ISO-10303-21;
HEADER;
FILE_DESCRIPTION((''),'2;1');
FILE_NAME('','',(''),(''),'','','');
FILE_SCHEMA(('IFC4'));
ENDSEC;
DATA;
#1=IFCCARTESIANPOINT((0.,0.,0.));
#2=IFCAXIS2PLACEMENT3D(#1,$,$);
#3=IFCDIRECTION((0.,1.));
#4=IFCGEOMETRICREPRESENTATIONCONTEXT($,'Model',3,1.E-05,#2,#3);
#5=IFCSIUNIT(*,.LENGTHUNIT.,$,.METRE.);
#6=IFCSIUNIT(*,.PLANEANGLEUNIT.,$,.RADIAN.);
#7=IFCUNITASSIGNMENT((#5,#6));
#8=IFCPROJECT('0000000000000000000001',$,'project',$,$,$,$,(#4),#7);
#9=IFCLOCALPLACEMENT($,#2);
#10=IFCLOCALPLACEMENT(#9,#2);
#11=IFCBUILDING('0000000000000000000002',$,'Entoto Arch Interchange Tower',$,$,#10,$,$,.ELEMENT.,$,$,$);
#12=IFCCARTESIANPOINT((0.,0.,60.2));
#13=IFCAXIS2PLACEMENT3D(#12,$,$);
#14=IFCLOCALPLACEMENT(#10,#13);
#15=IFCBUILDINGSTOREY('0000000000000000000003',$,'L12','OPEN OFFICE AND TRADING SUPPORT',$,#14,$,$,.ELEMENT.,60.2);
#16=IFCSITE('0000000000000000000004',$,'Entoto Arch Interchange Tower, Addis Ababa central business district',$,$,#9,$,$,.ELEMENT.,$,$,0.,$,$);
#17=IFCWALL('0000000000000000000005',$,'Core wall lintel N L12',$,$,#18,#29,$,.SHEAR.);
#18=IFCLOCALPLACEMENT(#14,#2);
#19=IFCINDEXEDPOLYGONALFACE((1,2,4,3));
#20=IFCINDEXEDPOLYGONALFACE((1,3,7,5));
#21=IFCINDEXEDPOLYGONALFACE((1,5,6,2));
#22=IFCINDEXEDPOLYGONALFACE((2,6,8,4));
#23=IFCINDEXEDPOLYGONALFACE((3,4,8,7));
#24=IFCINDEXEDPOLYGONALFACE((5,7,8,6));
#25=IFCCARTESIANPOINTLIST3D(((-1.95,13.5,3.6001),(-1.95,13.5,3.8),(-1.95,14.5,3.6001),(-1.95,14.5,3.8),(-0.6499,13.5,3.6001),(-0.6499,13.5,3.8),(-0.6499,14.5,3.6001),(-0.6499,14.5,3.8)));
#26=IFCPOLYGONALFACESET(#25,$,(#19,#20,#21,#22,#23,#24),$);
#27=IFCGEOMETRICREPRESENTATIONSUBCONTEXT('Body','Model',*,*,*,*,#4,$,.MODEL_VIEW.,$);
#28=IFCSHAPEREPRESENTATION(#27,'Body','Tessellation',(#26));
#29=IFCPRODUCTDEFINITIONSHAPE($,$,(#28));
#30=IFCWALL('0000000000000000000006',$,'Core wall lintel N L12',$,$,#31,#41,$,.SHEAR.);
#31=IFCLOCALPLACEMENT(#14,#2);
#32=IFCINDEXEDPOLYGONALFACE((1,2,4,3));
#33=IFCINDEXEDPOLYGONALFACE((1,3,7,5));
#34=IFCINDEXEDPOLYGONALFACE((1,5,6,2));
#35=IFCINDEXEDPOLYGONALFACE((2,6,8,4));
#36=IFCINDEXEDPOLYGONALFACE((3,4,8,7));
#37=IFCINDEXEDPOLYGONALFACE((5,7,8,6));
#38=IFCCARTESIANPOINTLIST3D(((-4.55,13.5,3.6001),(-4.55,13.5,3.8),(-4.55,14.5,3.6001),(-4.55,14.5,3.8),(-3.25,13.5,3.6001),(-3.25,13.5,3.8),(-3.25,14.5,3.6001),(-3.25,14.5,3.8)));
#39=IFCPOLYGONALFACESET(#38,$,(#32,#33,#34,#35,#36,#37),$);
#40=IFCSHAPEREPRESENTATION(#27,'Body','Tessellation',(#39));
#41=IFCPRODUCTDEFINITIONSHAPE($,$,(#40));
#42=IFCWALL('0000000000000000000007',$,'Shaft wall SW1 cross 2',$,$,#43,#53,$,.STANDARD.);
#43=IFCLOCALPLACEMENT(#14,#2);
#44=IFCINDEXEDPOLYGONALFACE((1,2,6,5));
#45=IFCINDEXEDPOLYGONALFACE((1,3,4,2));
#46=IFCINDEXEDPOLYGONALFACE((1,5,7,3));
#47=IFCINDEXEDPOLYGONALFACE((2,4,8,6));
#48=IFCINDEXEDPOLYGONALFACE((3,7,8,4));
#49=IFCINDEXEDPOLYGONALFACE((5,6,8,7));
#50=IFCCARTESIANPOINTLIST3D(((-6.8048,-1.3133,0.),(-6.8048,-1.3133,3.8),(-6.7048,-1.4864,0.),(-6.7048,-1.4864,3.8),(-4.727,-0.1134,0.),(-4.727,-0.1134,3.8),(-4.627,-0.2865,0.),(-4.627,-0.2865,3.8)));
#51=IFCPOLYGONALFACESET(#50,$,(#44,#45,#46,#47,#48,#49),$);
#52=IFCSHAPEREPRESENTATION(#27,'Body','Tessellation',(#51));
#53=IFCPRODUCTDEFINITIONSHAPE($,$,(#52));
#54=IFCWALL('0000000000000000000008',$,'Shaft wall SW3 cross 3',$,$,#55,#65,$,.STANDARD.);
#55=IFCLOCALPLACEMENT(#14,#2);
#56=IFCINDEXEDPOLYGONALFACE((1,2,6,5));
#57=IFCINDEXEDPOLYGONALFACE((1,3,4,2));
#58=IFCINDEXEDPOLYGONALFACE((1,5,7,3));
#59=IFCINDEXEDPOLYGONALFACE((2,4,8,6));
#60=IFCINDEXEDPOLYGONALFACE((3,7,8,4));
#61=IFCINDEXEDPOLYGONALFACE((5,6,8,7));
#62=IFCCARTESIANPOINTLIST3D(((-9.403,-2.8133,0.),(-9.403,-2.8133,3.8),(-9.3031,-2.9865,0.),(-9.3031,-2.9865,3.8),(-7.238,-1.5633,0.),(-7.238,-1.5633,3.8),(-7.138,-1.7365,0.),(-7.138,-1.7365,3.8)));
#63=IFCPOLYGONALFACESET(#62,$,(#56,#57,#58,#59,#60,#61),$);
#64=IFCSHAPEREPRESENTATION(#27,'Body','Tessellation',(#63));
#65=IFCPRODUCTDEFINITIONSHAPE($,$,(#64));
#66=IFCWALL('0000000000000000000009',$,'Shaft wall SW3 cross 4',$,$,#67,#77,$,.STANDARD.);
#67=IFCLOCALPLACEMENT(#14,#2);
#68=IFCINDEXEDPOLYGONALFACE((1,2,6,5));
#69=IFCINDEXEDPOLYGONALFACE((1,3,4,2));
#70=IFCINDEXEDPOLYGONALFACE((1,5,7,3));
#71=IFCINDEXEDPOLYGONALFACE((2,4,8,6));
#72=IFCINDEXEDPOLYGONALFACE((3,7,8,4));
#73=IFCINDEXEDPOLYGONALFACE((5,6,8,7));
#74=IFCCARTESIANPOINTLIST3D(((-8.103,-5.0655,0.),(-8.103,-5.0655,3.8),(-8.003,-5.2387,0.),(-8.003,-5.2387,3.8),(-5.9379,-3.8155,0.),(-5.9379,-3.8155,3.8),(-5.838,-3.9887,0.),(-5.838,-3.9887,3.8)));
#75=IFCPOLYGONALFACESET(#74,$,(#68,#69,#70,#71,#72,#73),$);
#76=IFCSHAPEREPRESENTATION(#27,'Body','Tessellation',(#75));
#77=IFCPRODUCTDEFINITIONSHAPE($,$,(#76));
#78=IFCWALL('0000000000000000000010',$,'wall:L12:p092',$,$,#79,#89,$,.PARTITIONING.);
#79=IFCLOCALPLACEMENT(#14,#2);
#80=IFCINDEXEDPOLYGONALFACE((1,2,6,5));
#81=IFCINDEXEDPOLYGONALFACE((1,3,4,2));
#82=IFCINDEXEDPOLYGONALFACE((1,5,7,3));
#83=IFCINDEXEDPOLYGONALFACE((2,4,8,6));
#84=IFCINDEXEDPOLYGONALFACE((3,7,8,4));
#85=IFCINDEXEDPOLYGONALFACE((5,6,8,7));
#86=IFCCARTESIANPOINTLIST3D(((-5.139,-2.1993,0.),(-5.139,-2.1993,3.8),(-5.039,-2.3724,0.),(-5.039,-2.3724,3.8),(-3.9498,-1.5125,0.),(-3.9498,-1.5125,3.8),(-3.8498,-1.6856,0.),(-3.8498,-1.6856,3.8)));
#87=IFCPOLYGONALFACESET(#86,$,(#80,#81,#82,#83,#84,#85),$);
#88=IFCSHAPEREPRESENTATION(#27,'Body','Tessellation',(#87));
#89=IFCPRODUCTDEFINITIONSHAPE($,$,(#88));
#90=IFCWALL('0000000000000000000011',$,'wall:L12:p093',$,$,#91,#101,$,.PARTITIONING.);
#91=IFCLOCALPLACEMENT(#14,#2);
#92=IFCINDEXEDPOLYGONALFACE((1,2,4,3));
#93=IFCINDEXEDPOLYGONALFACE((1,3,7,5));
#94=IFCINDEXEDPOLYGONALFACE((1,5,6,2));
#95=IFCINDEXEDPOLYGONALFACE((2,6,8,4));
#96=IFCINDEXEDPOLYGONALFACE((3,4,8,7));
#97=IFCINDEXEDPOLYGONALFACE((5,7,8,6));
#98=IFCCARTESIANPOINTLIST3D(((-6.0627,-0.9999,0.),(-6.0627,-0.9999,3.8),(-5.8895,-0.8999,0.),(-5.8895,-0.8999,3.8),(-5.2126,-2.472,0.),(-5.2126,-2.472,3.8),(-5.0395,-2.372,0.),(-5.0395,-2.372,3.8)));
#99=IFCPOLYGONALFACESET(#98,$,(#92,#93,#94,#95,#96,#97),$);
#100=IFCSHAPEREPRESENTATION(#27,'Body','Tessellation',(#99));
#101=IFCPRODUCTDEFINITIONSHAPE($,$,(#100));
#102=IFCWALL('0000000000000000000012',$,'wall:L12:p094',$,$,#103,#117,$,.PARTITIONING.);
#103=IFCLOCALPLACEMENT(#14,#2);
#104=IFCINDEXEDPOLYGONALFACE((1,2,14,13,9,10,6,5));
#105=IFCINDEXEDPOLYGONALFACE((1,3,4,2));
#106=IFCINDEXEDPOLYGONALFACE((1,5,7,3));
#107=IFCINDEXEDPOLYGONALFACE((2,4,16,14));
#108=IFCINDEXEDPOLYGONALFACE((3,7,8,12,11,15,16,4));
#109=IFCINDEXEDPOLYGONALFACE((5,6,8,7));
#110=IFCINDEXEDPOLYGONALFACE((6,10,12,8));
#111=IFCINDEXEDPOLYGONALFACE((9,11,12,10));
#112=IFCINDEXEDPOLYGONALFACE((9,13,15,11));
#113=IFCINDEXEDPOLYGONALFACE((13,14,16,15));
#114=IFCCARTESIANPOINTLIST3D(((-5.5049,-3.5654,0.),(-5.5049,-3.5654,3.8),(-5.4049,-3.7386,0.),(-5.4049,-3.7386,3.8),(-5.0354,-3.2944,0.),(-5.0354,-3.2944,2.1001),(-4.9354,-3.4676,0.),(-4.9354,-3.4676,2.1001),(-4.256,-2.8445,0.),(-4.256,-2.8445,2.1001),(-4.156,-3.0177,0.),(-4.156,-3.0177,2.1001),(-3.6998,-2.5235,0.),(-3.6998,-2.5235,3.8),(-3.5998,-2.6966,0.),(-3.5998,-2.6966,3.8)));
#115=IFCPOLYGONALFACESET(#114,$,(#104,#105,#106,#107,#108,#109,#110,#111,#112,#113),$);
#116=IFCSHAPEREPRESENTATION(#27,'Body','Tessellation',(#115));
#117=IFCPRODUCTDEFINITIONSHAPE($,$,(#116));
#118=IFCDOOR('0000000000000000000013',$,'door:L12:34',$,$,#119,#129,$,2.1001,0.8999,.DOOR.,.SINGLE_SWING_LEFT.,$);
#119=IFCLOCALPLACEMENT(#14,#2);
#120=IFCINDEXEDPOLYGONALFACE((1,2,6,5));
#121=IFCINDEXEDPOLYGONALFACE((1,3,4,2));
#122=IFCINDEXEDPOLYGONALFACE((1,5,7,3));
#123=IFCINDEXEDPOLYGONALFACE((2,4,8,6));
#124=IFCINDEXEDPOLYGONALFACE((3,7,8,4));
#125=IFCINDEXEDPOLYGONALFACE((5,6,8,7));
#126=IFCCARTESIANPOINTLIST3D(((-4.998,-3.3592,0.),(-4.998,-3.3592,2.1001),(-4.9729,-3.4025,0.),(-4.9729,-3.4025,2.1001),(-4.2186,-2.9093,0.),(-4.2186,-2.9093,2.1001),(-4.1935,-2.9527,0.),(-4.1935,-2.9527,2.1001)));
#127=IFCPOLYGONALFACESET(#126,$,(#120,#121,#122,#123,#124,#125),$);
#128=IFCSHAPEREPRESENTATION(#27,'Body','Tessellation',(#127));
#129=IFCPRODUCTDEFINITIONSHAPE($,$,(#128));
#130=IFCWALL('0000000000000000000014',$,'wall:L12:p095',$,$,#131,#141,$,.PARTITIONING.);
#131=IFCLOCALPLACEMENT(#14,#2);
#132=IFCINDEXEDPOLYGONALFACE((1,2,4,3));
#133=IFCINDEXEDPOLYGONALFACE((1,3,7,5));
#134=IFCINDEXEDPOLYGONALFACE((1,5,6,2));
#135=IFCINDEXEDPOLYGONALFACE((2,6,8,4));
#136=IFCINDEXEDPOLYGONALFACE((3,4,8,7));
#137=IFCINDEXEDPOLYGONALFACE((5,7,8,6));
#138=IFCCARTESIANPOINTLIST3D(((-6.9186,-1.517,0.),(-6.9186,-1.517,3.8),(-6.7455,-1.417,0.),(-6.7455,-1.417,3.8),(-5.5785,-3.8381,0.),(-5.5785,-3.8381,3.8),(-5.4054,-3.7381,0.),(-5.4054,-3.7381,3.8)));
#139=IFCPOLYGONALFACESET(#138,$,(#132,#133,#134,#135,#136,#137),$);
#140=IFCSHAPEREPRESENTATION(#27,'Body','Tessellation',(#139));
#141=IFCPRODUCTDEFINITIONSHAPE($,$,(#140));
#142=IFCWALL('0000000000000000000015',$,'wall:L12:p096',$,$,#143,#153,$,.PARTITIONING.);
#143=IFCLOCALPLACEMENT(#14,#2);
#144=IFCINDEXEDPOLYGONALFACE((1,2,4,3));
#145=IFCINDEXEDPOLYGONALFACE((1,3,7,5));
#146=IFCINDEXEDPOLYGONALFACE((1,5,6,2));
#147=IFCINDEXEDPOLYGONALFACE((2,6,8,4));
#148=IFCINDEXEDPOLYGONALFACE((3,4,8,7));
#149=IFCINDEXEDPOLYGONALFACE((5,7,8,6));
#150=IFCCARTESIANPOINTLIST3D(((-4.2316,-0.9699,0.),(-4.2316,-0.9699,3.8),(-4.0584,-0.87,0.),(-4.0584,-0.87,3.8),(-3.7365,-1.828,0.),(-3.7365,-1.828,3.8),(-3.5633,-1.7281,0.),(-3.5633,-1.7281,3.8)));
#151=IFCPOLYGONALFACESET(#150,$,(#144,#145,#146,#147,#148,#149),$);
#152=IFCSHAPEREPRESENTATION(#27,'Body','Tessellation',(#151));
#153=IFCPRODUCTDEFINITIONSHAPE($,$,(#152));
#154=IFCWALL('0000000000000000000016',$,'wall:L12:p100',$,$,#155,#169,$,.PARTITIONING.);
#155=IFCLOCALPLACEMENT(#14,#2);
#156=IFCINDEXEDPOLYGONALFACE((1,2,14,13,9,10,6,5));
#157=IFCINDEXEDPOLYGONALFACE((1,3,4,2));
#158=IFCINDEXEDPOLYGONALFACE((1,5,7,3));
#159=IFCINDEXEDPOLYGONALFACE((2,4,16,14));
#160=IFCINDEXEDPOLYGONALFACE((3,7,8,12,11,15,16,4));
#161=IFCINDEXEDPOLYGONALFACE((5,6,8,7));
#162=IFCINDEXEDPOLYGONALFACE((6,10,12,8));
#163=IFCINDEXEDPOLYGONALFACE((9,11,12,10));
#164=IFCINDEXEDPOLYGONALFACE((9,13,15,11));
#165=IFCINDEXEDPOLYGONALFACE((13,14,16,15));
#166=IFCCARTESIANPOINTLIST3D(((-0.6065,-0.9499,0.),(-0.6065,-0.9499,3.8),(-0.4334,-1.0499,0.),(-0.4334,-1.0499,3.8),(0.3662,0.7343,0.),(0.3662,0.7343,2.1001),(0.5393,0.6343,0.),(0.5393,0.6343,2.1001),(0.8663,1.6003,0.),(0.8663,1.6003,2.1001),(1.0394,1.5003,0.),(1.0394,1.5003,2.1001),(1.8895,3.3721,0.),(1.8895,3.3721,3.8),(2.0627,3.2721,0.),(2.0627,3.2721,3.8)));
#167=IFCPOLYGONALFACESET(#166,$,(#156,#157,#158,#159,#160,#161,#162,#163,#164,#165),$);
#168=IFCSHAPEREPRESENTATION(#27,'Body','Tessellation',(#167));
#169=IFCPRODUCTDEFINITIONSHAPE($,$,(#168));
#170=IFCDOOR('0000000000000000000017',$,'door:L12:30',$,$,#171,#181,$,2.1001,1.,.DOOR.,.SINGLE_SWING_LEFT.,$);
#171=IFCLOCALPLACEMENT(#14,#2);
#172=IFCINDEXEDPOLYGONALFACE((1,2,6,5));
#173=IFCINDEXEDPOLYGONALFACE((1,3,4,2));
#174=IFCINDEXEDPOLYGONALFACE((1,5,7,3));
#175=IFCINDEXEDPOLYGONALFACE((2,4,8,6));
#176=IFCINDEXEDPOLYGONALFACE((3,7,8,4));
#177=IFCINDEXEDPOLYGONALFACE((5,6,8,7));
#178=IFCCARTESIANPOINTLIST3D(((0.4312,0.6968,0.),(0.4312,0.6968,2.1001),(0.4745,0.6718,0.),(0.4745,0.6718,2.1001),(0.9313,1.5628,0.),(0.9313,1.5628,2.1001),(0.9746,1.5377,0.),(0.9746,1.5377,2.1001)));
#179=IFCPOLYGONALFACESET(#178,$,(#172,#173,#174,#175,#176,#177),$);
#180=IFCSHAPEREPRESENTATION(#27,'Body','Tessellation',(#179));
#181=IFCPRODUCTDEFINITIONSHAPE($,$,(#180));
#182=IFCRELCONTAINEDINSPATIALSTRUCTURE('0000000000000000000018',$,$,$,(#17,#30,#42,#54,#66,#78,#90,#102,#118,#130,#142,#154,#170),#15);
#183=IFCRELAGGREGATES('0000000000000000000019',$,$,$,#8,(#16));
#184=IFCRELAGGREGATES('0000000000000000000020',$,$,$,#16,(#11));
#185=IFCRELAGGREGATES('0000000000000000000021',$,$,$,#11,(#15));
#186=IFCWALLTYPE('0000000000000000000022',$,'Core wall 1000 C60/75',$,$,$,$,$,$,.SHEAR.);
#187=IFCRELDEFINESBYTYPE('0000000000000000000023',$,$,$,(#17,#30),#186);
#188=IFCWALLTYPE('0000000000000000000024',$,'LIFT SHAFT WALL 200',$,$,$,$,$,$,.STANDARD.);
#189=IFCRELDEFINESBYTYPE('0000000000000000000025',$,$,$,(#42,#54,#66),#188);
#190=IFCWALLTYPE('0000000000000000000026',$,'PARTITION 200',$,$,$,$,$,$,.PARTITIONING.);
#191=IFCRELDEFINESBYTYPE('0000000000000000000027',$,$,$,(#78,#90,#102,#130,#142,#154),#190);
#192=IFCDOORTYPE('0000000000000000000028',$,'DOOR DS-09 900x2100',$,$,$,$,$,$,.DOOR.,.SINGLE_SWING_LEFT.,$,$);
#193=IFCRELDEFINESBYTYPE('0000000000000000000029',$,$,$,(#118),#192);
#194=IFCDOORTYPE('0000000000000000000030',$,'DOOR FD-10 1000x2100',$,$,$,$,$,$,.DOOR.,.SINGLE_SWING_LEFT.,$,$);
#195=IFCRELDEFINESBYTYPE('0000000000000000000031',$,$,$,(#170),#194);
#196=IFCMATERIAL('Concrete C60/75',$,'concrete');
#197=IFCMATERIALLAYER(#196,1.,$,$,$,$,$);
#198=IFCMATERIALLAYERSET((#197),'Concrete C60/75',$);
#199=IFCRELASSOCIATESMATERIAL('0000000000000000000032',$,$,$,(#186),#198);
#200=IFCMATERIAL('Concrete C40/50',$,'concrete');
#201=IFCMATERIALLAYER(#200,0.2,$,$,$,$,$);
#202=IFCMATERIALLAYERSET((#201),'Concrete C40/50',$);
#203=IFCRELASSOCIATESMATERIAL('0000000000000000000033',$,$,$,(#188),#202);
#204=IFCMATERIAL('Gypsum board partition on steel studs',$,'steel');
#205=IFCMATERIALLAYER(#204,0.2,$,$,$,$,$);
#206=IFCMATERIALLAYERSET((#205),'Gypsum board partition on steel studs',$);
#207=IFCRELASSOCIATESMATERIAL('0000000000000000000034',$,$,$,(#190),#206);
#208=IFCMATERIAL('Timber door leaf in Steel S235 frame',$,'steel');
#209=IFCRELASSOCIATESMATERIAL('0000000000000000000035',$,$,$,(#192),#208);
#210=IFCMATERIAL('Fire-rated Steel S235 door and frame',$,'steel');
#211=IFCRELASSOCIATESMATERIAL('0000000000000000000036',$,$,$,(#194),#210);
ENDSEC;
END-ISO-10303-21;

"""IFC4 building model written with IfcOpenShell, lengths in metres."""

from ifc_helpers import new_model, si_unit, direction, frame, frame_2d, origin, place, context, subcontext, project, spatial, polyline, rectangle, outline, extrude, material, layer, layer_set, type_object, element, fill, save


model = new_model("IFC4")

# Units and contexts
model_context = context("Model", 3, precision=1e-05, world=origin(), true_north=direction((0.0, 1.0)))
body_context = subcontext(model_context, "Body", "Model", "MODEL_VIEW")
ifc_project = project(units=[si_unit("LENGTHUNIT", "METRE"), si_unit("PLANEANGLEUNIT", "RADIAN")], contexts=[model_context])

# Site, building, storey
site_placement = place(None, origin())
site = spatial("IfcSite", under=ifc_project, at=site_placement, Name="Entoto Arch Interchange Tower, Addis Ababa central business district", CompositionType="ELEMENT", RefElevation=0.0)
building_placement = place(site_placement, origin())
building = spatial("IfcBuilding", under=site, at=building_placement, Name="Entoto Arch Interchange Tower", CompositionType="ELEMENT")
storey_placement = place(building_placement, frame((0.0, 0.0, 60.2)))
storey = spatial("IfcBuildingStorey", under=building, at=storey_placement, Name="L12", Description="OPEN OFFICE AND TRADING SUPPORT", CompositionType="ELEMENT", Elevation=60.2)

# Shared definitions
ifc_material_1 = material(Name="Concrete C40/50", Category="concrete")

# Walls
ifc_material_2 = material(Name="Concrete C60/75", Category="concrete")
ifc_layer_1 = layer(ifc_material_2, 1.0)
ifc_layer_set_1 = layer_set([ifc_layer_1], Name="Concrete C60/75")
wall_type_1 = type_object("IfcWallType", Name="Core wall 1000 C60/75", PredefinedType="SHEAR", material=ifc_layer_set_1)
wall_1_placement = place(storey_placement, frame((0.0, 0.0, 3.6001)))
element("IfcWall", 1, at=wall_1_placement, inside=storey, type_object=wall_type_1, Name="Core wall lintel N L12", PredefinedType="SHEAR", context=body_context, shape_type="SweptSolid", body=[
    extrude(outline(polyline([(-1.95, 14.5), (-1.95, 13.5), (-0.6499, 13.5), (-0.6499, 14.5), (-1.95, 14.5)])), origin(), (0.0, 0.0, 1.0), 0.2),
])
wall_2_placement = place(storey_placement, frame((0.0, 0.0, 3.6001)))
element("IfcWall", 2, at=wall_2_placement, inside=storey, type_object=wall_type_1, Name="Core wall lintel N L12", PredefinedType="SHEAR", context=body_context, shape_type="SweptSolid", body=[
    extrude(outline(polyline([(-4.55, 14.5), (-4.55, 13.5), (-3.25, 13.5), (-3.25, 14.5), (-4.55, 14.5)])), origin(), (0.0, 0.0, 1.0), 0.2),
])
ifc_layer_2 = layer(ifc_material_1, 0.2)
ifc_layer_set_2 = layer_set([ifc_layer_2], Name="Concrete C40/50")
wall_type_2 = type_object("IfcWallType", Name="LIFT SHAFT WALL 200", PredefinedType="STANDARD", material=ifc_layer_set_2)
wall_3_placement = place(storey_placement, frame((-4.677, -0.2, 0.0), z_axis=(0.0, 0.0, 1.0), x_axis=(-0.865974, -0.500089, 0.0)))
element("IfcWall", 3, at=wall_3_placement, inside=storey, type_object=wall_type_2, Name="Shaft wall SW1 cross 2", PredefinedType="STANDARD", context=body_context, shape_type="SweptSolid", body=[
    extrude(rectangle(XDim=2.3994, YDim=0.2, at=frame_2d((1.1997, 0.0))), origin(), (0.0, 0.0, 1.0), 3.8),
])
for number, where, z_axis, x_axis, name in (
    (4, (-7.188, -1.6499, 0.0), (0.0, 0.0, 1.0), (-0.866023, -0.500004, 0.0), "Shaft wall SW3 cross 3"),
    (5, (-5.8879, -3.9021, 0.0), (0.0, 0.0, 1.0), (-0.866023, -0.500004, 0.0), "Shaft wall SW3 cross 4"),
):
    element("IfcWall", number, at=place(storey_placement, frame(where, z_axis=z_axis, x_axis=x_axis)), inside=storey, type_object=wall_type_2, Name=name, PredefinedType="STANDARD", context=body_context, shape_type="SweptSolid", body=[
        extrude(rectangle(XDim=2.5, YDim=0.2, at=frame_2d((1.25, 0.0))), origin(), (0.0, 0.0, 1.0), 3.8),
    ])
ifc_material_3 = material(Name="Gypsum board partition on steel studs", Category="steel")
ifc_layer_3 = layer(ifc_material_3, 0.2)
ifc_layer_set_3 = layer_set([ifc_layer_3], Name="Gypsum board partition on steel studs")
wall_type_3 = type_object("IfcWallType", Name="PARTITION 200", PredefinedType="PARTITIONING", material=ifc_layer_set_3)
wall_4_placement = place(storey_placement, frame((-3.8999, -1.5991, 0.0), z_axis=(0.0, 0.0, 1.0), x_axis=(-0.865969, -0.500097, 0.0)))
element("IfcWall", 6, at=wall_4_placement, inside=storey, type_object=wall_type_3, Name="wall:L12:p092", PredefinedType="PARTITIONING", context=body_context, shape_type="SweptSolid", body=[
    extrude(rectangle(XDim=1.3733, YDim=0.2, at=frame_2d((0.6865, 0.0))), origin(), (0.0, 0.0, 1.0), 3.8),
])
wall_5_placement = place(storey_placement, frame((-5.126, -2.4221, 0.0), z_axis=(0.0, 0.0, 1.0), x_axis=(-0.500062, 0.865989, 0.0)))
element("IfcWall", 7, at=wall_5_placement, inside=storey, type_object=wall_type_3, Name="wall:L12:p093", PredefinedType="PARTITIONING", context=body_context, shape_type="SweptSolid", body=[
    extrude(rectangle(XDim=1.7, YDim=0.2, at=frame_2d((0.8501, 0.0))), origin(), (0.0, 0.0, 1.0), 3.8),
])

# Wall, opening, door
wall_6_placement = place(storey_placement, frame((-3.6499, -2.6101, 0.0), z_axis=(0.0, 0.0, 1.0), x_axis=(-0.866072, -0.499918, 0.0)))
wall_6 = element("IfcWall", 8, at=wall_6_placement, inside=storey, type_object=wall_type_3, Name="wall:L12:p094", PredefinedType="PARTITIONING", context=body_context, shape_type="SweptSolid", body=[
    extrude(rectangle(XDim=2.0842, YDim=0.2, at=frame_2d((1.042, 0.0))), origin(), (0.0, 0.0, 1.0), 3.8),
])
opening_1_placement = place(wall_6_placement, frame((0.6421, 0.0, 0.0)))
opening_1 = element("IfcOpeningElement", 9, at=opening_1_placement, cuts=wall_6, PredefinedType="OPENING", context=body_context, shape_type="SweptSolid", body=[
    extrude(rectangle(XDim=0.8999, YDim=2.1001, at=frame_2d((0.45, 1.05))), frame((0.0, 0.1099, 0.0), z_axis=(0.0, -1.0, 0.0), x_axis=(1.0, 0.0, 0.0)), (0.0, 0.0, 1.0), 0.22),
])
ifc_material_4 = material(Name="Timber door leaf in Steel S235 frame", Category="steel")
door_type_1 = type_object("IfcDoorType", Name="DOOR DS-09 900x2100", OperationType="SINGLE_SWING_LEFT", PredefinedType="DOOR", material=ifc_material_4)
door_1_placement = place(opening_1_placement, origin())
door_1 = element("IfcDoor", 10, at=door_1_placement, inside=storey, type_object=door_type_1, Name="door:L12:34", OperationType="SINGLE_SWING_LEFT", OverallHeight=2.1001, OverallWidth=0.8999, PredefinedType="DOOR", context=body_context, shape_type="SweptSolid", body=[
    extrude(rectangle(XDim=0.8999, YDim=2.1001, at=frame_2d((0.45, 1.05))), frame((0.0, 0.0249, 0.0), z_axis=(0.0, -1.0, 0.0), x_axis=(1.0, 0.0, 0.0)), (0.0, 0.0, 1.0), 0.05),
])
fill(opening_1, door_1)

# Walls
wall_7_placement = place(storey_placement, frame((-5.4919, -3.7881, 0.0), z_axis=(0.0, 0.0, 1.0), x_axis=(-0.500009, 0.86602, 0.0)))
element("IfcWall", 11, at=wall_7_placement, inside=storey, type_object=wall_type_3, Name="wall:L12:p095", PredefinedType="PARTITIONING", context=body_context, shape_type="SweptSolid", body=[
    extrude(rectangle(XDim=2.6802, YDim=0.2, at=frame_2d((1.3401, 0.0))), origin(), (0.0, 0.0, 1.0), 3.8),
])
wall_8_placement = place(storey_placement, frame((-4.145, -0.9199, 0.0), z_axis=(0.0, 0.0, 1.0), x_axis=(0.499744, -0.866173, 0.0)))
element("IfcWall", 12, at=wall_8_placement, inside=storey, type_object=wall_type_3, Name="wall:L12:p096", PredefinedType="PARTITIONING", context=body_context, shape_type="SweptSolid", body=[
    extrude(rectangle(XDim=0.9907, YDim=0.2, at=frame_2d((0.4954, 0.0))), origin(), (0.0, 0.0, 1.0), 3.8),
])

# Wall, opening, door
wall_9_placement = place(storey_placement, frame((-0.52, -1.0, 0.0), z_axis=(0.0, 0.0, 1.0), x_axis=(0.500116, 0.865958, 0.0)))
wall_9 = element("IfcWall", 13, at=wall_9_placement, inside=storey, type_object=wall_type_3, Name="wall:L12:p100", PredefinedType="PARTITIONING", context=body_context, shape_type="SweptSolid", body=[
    extrude(rectangle(XDim=4.991, YDim=0.2, at=frame_2d((2.4956, 0.0))), origin(), (0.0, 0.0, 1.0), 3.8),
])
opening_2_placement = place(wall_9_placement, frame((1.9451, 0.0, 0.0)))
opening_2 = element("IfcOpeningElement", 14, at=opening_2_placement, cuts=wall_9, PredefinedType="OPENING", context=body_context, shape_type="SweptSolid", body=[
    extrude(rectangle(XDim=1.0, YDim=2.1001, at=frame_2d((0.5, 1.05))), frame((0.0, 0.1099, 0.0), z_axis=(0.0, -1.0, 0.0), x_axis=(1.0, 0.0, 0.0)), (0.0, 0.0, 1.0), 0.22),
])
ifc_material_5 = material(Name="Fire-rated Steel S235 door and frame", Category="steel")
door_type_2 = type_object("IfcDoorType", Name="DOOR FD-10 1000x2100", OperationType="SINGLE_SWING_LEFT", PredefinedType="DOOR", material=ifc_material_5)
door_2_placement = place(opening_2_placement, origin())
door_2 = element("IfcDoor", 15, at=door_2_placement, inside=storey, type_object=door_type_2, Name="door:L12:30", OperationType="SINGLE_SWING_LEFT", OverallHeight=2.1001, OverallWidth=1.0, PredefinedType="DOOR", context=body_context, shape_type="SweptSolid", body=[
    extrude(rectangle(XDim=1.0, YDim=2.1001, at=frame_2d((0.5, 1.05))), frame((0.0, 0.0249, 0.0), z_axis=(0.0, -1.0, 0.0), x_axis=(1.0, 0.0, 0.0)), (0.0, 0.0, 1.0), 0.05),
])
fill(opening_2, door_2)

save(model, "model.ifc")
